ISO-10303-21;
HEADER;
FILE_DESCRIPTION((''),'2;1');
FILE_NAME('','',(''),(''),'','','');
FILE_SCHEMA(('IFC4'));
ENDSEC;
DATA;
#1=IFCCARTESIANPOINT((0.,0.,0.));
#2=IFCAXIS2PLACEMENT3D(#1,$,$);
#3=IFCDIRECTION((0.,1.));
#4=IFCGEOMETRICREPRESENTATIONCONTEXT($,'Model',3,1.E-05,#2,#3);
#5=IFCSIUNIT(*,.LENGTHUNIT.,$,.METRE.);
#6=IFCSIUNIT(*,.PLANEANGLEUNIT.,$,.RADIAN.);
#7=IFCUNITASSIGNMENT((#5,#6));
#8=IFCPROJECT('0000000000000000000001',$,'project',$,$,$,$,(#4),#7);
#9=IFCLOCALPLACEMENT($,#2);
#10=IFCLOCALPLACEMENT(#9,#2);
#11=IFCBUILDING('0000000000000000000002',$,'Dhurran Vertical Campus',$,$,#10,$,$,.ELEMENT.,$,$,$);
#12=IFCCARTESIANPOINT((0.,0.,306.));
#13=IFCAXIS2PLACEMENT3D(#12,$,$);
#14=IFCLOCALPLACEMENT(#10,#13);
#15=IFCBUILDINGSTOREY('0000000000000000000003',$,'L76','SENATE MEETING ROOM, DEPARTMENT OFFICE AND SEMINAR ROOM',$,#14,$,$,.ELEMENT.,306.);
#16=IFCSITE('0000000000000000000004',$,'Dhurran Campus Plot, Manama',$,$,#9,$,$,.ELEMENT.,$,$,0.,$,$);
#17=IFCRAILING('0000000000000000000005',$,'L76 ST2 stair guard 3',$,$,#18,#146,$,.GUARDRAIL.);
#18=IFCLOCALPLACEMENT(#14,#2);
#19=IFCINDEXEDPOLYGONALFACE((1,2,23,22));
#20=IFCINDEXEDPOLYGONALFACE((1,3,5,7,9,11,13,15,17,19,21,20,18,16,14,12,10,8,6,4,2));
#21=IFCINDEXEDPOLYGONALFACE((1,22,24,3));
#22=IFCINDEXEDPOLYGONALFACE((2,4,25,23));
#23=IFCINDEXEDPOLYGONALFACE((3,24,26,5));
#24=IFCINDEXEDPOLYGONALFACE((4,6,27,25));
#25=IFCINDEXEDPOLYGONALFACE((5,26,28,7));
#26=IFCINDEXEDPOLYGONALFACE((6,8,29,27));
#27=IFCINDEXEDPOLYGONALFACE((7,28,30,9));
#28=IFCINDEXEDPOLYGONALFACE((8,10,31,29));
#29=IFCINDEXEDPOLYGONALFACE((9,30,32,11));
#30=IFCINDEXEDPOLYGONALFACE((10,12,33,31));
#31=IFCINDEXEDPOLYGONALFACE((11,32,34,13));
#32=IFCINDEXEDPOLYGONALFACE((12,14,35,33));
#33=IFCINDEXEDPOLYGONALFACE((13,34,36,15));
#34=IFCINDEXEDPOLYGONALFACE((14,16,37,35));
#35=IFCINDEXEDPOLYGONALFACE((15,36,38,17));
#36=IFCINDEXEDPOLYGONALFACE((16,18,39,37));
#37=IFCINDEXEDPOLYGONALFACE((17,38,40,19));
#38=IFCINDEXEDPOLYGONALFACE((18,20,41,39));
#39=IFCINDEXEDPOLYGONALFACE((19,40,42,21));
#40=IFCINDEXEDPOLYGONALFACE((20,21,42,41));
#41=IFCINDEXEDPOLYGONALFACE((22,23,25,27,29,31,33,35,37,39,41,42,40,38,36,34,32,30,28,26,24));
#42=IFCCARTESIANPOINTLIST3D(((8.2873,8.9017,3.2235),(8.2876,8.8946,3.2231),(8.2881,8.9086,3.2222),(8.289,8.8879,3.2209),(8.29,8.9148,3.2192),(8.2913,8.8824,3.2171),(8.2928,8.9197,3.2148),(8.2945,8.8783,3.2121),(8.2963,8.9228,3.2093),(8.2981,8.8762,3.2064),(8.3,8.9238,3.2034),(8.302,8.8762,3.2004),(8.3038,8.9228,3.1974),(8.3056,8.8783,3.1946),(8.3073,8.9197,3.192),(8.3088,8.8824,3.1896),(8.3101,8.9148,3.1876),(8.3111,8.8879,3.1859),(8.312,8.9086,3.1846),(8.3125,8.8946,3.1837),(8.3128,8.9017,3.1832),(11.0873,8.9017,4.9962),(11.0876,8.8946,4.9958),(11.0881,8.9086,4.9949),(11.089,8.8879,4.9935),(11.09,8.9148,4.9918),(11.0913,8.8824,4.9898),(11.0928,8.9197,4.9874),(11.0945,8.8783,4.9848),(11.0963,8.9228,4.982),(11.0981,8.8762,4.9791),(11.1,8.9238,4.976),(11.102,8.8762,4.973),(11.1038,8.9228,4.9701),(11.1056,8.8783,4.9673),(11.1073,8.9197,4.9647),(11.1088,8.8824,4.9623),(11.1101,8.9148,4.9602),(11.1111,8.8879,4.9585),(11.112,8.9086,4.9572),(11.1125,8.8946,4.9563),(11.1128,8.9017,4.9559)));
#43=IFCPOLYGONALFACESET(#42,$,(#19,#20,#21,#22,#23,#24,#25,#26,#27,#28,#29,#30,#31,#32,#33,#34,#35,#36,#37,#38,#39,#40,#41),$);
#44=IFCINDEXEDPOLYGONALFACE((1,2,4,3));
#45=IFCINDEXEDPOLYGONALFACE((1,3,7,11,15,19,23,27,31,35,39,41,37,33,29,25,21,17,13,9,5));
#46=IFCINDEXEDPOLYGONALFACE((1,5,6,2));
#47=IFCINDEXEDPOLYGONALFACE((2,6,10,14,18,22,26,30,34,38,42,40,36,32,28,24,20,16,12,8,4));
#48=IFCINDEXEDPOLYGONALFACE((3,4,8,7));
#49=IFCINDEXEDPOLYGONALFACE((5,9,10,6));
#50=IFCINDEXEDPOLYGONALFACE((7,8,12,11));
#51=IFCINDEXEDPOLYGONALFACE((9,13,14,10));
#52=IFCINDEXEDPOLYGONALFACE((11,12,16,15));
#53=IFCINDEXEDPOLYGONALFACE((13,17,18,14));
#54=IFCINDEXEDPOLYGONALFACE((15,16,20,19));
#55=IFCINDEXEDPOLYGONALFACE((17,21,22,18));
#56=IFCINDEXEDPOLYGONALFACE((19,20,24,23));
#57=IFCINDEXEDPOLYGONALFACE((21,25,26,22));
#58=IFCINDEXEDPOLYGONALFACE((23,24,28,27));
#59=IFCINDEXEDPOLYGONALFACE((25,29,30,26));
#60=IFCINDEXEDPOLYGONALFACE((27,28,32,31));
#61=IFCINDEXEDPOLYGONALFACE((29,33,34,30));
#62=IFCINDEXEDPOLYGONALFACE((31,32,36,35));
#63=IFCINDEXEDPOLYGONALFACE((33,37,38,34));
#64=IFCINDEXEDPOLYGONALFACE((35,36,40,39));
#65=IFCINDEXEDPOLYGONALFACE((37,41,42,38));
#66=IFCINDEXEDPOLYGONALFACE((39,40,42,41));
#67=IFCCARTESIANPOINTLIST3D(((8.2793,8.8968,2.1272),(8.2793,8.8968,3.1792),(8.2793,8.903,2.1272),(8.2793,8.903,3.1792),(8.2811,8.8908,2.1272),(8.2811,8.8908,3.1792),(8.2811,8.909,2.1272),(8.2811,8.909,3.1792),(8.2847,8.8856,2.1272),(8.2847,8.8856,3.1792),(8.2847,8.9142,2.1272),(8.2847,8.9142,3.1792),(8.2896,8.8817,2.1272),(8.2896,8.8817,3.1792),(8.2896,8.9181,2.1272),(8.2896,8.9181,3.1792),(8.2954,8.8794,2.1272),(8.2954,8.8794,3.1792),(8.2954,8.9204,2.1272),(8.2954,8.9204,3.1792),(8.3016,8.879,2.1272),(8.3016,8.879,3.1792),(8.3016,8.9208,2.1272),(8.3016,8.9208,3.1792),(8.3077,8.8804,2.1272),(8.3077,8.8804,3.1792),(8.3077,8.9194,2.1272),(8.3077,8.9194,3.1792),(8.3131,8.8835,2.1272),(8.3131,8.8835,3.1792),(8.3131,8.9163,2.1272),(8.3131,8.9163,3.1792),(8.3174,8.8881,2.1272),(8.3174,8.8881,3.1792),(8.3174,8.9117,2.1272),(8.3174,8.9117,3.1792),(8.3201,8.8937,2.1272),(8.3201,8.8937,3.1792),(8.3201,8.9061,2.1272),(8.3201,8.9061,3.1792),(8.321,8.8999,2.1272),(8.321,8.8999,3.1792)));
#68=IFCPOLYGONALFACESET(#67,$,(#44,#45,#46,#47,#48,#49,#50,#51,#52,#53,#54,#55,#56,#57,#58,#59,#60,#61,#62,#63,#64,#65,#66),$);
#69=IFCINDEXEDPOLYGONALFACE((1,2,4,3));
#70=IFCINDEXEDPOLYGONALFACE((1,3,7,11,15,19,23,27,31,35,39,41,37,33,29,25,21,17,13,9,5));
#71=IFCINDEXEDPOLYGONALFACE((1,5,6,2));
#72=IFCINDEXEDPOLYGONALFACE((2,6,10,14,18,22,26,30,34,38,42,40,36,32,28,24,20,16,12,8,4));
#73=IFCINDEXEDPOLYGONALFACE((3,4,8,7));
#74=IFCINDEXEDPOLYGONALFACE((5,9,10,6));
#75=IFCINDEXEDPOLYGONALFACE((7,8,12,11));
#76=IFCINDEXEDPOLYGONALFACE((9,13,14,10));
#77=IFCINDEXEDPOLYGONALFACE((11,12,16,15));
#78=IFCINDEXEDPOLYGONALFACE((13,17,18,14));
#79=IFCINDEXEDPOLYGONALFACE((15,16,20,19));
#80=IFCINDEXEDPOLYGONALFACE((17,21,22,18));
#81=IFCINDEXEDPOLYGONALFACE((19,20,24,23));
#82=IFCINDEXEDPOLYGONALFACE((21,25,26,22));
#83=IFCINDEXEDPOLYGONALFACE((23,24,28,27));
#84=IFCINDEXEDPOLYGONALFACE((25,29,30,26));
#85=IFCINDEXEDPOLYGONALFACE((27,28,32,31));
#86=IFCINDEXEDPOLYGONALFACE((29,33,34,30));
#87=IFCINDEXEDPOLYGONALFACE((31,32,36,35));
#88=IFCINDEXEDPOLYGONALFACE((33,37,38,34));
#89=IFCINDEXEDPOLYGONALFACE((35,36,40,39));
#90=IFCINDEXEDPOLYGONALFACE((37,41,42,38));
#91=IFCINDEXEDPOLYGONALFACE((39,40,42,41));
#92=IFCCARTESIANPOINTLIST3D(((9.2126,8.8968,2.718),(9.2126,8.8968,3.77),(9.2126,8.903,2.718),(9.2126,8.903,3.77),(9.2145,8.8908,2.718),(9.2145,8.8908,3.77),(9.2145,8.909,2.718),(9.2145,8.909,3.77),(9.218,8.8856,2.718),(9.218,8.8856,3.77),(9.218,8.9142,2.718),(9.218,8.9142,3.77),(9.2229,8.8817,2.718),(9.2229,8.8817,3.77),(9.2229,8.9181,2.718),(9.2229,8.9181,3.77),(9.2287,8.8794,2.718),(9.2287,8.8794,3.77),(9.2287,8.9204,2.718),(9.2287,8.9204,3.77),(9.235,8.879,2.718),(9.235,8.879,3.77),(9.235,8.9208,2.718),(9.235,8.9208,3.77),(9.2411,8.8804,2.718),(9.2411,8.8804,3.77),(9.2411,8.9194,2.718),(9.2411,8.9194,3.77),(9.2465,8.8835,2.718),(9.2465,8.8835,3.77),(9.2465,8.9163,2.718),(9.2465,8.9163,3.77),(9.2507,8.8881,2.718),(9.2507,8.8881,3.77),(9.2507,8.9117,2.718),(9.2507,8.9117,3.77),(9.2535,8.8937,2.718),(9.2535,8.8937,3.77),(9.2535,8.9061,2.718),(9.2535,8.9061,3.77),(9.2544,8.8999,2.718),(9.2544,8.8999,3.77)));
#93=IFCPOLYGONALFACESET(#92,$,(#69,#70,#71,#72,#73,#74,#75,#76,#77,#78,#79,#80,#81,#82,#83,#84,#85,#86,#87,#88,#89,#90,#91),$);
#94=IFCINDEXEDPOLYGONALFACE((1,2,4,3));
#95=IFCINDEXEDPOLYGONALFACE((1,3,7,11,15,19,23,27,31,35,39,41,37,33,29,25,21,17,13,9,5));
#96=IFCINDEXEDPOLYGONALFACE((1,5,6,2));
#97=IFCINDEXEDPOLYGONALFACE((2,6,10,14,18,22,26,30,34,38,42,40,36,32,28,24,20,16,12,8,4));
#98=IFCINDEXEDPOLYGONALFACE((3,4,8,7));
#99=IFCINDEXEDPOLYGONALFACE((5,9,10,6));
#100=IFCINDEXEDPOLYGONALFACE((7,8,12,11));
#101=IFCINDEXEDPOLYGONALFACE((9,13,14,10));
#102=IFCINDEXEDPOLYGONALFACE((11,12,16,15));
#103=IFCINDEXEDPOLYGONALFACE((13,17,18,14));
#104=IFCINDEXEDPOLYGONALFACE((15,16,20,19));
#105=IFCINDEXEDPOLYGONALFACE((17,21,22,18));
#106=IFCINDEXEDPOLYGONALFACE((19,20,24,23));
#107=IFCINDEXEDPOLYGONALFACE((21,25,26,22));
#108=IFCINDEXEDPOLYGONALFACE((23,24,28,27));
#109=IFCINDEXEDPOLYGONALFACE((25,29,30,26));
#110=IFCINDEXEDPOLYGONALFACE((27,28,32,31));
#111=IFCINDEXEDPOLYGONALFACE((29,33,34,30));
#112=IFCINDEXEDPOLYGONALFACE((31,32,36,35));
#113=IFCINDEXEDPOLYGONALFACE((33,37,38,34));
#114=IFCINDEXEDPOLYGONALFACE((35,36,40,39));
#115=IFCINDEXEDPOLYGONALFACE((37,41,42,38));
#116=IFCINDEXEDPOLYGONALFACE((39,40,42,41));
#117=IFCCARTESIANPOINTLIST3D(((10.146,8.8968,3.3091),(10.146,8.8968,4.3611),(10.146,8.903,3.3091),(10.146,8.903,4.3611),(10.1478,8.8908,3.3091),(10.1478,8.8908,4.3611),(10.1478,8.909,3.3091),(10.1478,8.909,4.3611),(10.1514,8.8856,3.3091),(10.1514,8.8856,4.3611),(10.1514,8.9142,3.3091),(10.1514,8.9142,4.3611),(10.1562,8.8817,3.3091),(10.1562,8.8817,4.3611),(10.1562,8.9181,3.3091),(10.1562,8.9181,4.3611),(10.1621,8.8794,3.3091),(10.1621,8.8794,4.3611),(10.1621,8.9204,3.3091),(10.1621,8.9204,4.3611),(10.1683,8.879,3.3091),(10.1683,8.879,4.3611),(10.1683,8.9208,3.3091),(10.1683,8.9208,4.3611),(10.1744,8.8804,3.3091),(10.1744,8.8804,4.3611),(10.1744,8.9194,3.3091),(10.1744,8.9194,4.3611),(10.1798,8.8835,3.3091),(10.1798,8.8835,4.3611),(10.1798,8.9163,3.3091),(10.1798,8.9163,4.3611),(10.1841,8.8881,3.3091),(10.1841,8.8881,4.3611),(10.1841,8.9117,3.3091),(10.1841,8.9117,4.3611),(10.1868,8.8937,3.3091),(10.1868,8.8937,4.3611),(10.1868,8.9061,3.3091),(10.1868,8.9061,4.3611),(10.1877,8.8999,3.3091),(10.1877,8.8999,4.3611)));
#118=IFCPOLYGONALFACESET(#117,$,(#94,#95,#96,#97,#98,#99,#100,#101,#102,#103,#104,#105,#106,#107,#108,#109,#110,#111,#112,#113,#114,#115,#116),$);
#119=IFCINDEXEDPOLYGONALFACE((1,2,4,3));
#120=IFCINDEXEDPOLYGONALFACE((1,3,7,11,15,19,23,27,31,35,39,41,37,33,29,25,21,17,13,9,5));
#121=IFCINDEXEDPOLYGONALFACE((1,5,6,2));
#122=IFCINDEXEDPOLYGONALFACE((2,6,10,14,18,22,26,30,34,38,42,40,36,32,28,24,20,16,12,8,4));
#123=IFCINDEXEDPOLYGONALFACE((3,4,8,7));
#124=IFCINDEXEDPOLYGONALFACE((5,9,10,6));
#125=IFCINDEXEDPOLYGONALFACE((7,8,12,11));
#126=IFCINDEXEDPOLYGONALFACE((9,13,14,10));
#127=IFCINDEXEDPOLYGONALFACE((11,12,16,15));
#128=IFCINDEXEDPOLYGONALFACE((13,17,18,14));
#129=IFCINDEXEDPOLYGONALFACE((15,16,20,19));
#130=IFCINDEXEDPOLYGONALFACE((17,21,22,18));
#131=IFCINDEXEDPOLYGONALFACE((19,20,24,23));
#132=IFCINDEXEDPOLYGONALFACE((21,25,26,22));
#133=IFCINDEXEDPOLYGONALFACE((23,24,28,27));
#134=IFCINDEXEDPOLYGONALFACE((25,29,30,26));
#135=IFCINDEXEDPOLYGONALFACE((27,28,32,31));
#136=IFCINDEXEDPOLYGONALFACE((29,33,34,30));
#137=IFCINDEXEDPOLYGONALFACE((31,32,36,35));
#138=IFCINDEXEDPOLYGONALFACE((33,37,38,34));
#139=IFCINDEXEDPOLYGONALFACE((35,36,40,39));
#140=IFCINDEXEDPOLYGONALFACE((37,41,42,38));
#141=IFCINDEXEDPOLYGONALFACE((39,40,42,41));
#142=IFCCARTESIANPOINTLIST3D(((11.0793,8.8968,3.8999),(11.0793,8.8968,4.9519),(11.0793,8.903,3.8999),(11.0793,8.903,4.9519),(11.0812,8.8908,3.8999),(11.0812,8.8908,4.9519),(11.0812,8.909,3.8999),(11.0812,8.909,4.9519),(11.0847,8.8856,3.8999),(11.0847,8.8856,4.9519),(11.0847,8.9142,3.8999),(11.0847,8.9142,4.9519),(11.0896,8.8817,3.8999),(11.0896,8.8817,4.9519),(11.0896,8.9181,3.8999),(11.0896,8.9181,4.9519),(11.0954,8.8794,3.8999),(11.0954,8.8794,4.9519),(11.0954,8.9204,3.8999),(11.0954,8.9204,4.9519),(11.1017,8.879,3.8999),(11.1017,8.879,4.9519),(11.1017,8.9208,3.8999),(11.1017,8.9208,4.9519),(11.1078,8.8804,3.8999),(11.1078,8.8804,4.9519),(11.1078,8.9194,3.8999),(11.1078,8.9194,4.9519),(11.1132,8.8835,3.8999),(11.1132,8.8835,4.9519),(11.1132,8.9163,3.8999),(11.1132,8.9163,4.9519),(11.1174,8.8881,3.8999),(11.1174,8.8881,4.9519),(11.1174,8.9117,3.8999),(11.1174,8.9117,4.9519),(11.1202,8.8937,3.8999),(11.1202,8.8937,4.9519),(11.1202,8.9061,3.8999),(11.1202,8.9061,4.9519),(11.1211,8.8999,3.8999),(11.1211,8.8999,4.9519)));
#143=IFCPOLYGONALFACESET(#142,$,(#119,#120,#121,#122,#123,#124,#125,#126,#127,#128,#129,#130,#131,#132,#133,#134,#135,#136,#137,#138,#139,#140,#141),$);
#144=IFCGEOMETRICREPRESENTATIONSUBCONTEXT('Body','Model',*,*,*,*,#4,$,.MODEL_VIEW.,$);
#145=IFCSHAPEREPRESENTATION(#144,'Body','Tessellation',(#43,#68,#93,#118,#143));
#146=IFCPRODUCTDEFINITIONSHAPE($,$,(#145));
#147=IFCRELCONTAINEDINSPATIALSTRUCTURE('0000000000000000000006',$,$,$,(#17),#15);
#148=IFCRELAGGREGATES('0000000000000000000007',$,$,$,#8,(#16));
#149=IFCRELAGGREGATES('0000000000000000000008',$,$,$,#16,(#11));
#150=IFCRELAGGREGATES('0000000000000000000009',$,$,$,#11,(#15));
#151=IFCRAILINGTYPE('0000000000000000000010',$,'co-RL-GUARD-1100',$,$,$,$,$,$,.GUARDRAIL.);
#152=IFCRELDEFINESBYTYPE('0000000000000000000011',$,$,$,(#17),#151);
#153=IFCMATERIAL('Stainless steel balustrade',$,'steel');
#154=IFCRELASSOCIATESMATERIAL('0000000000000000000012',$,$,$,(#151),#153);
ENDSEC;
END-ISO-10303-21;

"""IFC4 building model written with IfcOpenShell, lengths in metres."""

from ifc_helpers import new_model, si_unit, direction, frame, origin, origin_2d, place, context, subcontext, project, spatial, circle, extrude, material, type_object, element, save


model = new_model("IFC4")

# Units and contexts
model_context = context("Model", 3, precision=1e-05, world=origin(), true_north=direction((0.0, 1.0)))
body_context = subcontext(model_context, "Body", "Model", "MODEL_VIEW")
ifc_project = project(units=[si_unit("LENGTHUNIT", "METRE"), si_unit("PLANEANGLEUNIT", "RADIAN")], contexts=[model_context])

# Site, building, storey
site_placement = place(None, origin())
site = spatial("IfcSite", under=ifc_project, at=site_placement, Name="Dhurran Campus Plot, Manama", CompositionType="ELEMENT", RefElevation=0.0)
building_placement = place(site_placement, origin())
building = spatial("IfcBuilding", under=site, at=building_placement, Name="Dhurran Vertical Campus", CompositionType="ELEMENT")
storey_placement = place(building_placement, frame((0.0, 0.0, 306.0)))
storey = spatial("IfcBuildingStorey", under=building, at=storey_placement, Name="L76", Description="SENATE MEETING ROOM, DEPARTMENT OFFICE AND SEMINAR ROOM", CompositionType="ELEMENT", Elevation=306.0)

# Railing
ifc_material_1 = material(Name="Stainless steel balustrade", Category="steel")
railing_type_1 = type_object("IfcRailingType", Name="co-RL-GUARD-1100", PredefinedType="GUARDRAIL", material=ifc_material_1)
railing_1_placement = place(storey_placement, frame((8.3, 8.8999, 2.1272)))
element("IfcRailing", 1, at=railing_1_placement, inside=storey, type_object=railing_type_1, Name="L76 ST2 stair guard 3", PredefinedType="GUARDRAIL", context=body_context, shape_type="SweptSolid", body=[
    extrude(circle(Radius=0.0239, at=origin_2d()), frame((0.0, 0.0, 1.0762), z_axis=(0.844909, 0.0, 0.53491), x_axis=(0.0, 1.0, 0.0)), (0.0, 0.0, 1.0), 3.314),
    extrude(circle(Radius=0.021, at=origin_2d()), origin(), (0.0, 0.0, 1.0), 1.052),
    extrude(circle(Radius=0.021, at=origin_2d()), frame((0.9333, 0.0, 0.5908)), (0.0, 0.0, 1.0), 1.052),
    extrude(circle(Radius=0.021, at=origin_2d()), frame((1.8667, 0.0, 1.1819)), (0.0, 0.0, 1.0), 1.052),
    extrude(circle(Radius=0.021, at=origin_2d()), frame((2.8, 0.0, 1.7727)), (0.0, 0.0, 1.0), 1.052),
])

save(model, "model.ifc")
